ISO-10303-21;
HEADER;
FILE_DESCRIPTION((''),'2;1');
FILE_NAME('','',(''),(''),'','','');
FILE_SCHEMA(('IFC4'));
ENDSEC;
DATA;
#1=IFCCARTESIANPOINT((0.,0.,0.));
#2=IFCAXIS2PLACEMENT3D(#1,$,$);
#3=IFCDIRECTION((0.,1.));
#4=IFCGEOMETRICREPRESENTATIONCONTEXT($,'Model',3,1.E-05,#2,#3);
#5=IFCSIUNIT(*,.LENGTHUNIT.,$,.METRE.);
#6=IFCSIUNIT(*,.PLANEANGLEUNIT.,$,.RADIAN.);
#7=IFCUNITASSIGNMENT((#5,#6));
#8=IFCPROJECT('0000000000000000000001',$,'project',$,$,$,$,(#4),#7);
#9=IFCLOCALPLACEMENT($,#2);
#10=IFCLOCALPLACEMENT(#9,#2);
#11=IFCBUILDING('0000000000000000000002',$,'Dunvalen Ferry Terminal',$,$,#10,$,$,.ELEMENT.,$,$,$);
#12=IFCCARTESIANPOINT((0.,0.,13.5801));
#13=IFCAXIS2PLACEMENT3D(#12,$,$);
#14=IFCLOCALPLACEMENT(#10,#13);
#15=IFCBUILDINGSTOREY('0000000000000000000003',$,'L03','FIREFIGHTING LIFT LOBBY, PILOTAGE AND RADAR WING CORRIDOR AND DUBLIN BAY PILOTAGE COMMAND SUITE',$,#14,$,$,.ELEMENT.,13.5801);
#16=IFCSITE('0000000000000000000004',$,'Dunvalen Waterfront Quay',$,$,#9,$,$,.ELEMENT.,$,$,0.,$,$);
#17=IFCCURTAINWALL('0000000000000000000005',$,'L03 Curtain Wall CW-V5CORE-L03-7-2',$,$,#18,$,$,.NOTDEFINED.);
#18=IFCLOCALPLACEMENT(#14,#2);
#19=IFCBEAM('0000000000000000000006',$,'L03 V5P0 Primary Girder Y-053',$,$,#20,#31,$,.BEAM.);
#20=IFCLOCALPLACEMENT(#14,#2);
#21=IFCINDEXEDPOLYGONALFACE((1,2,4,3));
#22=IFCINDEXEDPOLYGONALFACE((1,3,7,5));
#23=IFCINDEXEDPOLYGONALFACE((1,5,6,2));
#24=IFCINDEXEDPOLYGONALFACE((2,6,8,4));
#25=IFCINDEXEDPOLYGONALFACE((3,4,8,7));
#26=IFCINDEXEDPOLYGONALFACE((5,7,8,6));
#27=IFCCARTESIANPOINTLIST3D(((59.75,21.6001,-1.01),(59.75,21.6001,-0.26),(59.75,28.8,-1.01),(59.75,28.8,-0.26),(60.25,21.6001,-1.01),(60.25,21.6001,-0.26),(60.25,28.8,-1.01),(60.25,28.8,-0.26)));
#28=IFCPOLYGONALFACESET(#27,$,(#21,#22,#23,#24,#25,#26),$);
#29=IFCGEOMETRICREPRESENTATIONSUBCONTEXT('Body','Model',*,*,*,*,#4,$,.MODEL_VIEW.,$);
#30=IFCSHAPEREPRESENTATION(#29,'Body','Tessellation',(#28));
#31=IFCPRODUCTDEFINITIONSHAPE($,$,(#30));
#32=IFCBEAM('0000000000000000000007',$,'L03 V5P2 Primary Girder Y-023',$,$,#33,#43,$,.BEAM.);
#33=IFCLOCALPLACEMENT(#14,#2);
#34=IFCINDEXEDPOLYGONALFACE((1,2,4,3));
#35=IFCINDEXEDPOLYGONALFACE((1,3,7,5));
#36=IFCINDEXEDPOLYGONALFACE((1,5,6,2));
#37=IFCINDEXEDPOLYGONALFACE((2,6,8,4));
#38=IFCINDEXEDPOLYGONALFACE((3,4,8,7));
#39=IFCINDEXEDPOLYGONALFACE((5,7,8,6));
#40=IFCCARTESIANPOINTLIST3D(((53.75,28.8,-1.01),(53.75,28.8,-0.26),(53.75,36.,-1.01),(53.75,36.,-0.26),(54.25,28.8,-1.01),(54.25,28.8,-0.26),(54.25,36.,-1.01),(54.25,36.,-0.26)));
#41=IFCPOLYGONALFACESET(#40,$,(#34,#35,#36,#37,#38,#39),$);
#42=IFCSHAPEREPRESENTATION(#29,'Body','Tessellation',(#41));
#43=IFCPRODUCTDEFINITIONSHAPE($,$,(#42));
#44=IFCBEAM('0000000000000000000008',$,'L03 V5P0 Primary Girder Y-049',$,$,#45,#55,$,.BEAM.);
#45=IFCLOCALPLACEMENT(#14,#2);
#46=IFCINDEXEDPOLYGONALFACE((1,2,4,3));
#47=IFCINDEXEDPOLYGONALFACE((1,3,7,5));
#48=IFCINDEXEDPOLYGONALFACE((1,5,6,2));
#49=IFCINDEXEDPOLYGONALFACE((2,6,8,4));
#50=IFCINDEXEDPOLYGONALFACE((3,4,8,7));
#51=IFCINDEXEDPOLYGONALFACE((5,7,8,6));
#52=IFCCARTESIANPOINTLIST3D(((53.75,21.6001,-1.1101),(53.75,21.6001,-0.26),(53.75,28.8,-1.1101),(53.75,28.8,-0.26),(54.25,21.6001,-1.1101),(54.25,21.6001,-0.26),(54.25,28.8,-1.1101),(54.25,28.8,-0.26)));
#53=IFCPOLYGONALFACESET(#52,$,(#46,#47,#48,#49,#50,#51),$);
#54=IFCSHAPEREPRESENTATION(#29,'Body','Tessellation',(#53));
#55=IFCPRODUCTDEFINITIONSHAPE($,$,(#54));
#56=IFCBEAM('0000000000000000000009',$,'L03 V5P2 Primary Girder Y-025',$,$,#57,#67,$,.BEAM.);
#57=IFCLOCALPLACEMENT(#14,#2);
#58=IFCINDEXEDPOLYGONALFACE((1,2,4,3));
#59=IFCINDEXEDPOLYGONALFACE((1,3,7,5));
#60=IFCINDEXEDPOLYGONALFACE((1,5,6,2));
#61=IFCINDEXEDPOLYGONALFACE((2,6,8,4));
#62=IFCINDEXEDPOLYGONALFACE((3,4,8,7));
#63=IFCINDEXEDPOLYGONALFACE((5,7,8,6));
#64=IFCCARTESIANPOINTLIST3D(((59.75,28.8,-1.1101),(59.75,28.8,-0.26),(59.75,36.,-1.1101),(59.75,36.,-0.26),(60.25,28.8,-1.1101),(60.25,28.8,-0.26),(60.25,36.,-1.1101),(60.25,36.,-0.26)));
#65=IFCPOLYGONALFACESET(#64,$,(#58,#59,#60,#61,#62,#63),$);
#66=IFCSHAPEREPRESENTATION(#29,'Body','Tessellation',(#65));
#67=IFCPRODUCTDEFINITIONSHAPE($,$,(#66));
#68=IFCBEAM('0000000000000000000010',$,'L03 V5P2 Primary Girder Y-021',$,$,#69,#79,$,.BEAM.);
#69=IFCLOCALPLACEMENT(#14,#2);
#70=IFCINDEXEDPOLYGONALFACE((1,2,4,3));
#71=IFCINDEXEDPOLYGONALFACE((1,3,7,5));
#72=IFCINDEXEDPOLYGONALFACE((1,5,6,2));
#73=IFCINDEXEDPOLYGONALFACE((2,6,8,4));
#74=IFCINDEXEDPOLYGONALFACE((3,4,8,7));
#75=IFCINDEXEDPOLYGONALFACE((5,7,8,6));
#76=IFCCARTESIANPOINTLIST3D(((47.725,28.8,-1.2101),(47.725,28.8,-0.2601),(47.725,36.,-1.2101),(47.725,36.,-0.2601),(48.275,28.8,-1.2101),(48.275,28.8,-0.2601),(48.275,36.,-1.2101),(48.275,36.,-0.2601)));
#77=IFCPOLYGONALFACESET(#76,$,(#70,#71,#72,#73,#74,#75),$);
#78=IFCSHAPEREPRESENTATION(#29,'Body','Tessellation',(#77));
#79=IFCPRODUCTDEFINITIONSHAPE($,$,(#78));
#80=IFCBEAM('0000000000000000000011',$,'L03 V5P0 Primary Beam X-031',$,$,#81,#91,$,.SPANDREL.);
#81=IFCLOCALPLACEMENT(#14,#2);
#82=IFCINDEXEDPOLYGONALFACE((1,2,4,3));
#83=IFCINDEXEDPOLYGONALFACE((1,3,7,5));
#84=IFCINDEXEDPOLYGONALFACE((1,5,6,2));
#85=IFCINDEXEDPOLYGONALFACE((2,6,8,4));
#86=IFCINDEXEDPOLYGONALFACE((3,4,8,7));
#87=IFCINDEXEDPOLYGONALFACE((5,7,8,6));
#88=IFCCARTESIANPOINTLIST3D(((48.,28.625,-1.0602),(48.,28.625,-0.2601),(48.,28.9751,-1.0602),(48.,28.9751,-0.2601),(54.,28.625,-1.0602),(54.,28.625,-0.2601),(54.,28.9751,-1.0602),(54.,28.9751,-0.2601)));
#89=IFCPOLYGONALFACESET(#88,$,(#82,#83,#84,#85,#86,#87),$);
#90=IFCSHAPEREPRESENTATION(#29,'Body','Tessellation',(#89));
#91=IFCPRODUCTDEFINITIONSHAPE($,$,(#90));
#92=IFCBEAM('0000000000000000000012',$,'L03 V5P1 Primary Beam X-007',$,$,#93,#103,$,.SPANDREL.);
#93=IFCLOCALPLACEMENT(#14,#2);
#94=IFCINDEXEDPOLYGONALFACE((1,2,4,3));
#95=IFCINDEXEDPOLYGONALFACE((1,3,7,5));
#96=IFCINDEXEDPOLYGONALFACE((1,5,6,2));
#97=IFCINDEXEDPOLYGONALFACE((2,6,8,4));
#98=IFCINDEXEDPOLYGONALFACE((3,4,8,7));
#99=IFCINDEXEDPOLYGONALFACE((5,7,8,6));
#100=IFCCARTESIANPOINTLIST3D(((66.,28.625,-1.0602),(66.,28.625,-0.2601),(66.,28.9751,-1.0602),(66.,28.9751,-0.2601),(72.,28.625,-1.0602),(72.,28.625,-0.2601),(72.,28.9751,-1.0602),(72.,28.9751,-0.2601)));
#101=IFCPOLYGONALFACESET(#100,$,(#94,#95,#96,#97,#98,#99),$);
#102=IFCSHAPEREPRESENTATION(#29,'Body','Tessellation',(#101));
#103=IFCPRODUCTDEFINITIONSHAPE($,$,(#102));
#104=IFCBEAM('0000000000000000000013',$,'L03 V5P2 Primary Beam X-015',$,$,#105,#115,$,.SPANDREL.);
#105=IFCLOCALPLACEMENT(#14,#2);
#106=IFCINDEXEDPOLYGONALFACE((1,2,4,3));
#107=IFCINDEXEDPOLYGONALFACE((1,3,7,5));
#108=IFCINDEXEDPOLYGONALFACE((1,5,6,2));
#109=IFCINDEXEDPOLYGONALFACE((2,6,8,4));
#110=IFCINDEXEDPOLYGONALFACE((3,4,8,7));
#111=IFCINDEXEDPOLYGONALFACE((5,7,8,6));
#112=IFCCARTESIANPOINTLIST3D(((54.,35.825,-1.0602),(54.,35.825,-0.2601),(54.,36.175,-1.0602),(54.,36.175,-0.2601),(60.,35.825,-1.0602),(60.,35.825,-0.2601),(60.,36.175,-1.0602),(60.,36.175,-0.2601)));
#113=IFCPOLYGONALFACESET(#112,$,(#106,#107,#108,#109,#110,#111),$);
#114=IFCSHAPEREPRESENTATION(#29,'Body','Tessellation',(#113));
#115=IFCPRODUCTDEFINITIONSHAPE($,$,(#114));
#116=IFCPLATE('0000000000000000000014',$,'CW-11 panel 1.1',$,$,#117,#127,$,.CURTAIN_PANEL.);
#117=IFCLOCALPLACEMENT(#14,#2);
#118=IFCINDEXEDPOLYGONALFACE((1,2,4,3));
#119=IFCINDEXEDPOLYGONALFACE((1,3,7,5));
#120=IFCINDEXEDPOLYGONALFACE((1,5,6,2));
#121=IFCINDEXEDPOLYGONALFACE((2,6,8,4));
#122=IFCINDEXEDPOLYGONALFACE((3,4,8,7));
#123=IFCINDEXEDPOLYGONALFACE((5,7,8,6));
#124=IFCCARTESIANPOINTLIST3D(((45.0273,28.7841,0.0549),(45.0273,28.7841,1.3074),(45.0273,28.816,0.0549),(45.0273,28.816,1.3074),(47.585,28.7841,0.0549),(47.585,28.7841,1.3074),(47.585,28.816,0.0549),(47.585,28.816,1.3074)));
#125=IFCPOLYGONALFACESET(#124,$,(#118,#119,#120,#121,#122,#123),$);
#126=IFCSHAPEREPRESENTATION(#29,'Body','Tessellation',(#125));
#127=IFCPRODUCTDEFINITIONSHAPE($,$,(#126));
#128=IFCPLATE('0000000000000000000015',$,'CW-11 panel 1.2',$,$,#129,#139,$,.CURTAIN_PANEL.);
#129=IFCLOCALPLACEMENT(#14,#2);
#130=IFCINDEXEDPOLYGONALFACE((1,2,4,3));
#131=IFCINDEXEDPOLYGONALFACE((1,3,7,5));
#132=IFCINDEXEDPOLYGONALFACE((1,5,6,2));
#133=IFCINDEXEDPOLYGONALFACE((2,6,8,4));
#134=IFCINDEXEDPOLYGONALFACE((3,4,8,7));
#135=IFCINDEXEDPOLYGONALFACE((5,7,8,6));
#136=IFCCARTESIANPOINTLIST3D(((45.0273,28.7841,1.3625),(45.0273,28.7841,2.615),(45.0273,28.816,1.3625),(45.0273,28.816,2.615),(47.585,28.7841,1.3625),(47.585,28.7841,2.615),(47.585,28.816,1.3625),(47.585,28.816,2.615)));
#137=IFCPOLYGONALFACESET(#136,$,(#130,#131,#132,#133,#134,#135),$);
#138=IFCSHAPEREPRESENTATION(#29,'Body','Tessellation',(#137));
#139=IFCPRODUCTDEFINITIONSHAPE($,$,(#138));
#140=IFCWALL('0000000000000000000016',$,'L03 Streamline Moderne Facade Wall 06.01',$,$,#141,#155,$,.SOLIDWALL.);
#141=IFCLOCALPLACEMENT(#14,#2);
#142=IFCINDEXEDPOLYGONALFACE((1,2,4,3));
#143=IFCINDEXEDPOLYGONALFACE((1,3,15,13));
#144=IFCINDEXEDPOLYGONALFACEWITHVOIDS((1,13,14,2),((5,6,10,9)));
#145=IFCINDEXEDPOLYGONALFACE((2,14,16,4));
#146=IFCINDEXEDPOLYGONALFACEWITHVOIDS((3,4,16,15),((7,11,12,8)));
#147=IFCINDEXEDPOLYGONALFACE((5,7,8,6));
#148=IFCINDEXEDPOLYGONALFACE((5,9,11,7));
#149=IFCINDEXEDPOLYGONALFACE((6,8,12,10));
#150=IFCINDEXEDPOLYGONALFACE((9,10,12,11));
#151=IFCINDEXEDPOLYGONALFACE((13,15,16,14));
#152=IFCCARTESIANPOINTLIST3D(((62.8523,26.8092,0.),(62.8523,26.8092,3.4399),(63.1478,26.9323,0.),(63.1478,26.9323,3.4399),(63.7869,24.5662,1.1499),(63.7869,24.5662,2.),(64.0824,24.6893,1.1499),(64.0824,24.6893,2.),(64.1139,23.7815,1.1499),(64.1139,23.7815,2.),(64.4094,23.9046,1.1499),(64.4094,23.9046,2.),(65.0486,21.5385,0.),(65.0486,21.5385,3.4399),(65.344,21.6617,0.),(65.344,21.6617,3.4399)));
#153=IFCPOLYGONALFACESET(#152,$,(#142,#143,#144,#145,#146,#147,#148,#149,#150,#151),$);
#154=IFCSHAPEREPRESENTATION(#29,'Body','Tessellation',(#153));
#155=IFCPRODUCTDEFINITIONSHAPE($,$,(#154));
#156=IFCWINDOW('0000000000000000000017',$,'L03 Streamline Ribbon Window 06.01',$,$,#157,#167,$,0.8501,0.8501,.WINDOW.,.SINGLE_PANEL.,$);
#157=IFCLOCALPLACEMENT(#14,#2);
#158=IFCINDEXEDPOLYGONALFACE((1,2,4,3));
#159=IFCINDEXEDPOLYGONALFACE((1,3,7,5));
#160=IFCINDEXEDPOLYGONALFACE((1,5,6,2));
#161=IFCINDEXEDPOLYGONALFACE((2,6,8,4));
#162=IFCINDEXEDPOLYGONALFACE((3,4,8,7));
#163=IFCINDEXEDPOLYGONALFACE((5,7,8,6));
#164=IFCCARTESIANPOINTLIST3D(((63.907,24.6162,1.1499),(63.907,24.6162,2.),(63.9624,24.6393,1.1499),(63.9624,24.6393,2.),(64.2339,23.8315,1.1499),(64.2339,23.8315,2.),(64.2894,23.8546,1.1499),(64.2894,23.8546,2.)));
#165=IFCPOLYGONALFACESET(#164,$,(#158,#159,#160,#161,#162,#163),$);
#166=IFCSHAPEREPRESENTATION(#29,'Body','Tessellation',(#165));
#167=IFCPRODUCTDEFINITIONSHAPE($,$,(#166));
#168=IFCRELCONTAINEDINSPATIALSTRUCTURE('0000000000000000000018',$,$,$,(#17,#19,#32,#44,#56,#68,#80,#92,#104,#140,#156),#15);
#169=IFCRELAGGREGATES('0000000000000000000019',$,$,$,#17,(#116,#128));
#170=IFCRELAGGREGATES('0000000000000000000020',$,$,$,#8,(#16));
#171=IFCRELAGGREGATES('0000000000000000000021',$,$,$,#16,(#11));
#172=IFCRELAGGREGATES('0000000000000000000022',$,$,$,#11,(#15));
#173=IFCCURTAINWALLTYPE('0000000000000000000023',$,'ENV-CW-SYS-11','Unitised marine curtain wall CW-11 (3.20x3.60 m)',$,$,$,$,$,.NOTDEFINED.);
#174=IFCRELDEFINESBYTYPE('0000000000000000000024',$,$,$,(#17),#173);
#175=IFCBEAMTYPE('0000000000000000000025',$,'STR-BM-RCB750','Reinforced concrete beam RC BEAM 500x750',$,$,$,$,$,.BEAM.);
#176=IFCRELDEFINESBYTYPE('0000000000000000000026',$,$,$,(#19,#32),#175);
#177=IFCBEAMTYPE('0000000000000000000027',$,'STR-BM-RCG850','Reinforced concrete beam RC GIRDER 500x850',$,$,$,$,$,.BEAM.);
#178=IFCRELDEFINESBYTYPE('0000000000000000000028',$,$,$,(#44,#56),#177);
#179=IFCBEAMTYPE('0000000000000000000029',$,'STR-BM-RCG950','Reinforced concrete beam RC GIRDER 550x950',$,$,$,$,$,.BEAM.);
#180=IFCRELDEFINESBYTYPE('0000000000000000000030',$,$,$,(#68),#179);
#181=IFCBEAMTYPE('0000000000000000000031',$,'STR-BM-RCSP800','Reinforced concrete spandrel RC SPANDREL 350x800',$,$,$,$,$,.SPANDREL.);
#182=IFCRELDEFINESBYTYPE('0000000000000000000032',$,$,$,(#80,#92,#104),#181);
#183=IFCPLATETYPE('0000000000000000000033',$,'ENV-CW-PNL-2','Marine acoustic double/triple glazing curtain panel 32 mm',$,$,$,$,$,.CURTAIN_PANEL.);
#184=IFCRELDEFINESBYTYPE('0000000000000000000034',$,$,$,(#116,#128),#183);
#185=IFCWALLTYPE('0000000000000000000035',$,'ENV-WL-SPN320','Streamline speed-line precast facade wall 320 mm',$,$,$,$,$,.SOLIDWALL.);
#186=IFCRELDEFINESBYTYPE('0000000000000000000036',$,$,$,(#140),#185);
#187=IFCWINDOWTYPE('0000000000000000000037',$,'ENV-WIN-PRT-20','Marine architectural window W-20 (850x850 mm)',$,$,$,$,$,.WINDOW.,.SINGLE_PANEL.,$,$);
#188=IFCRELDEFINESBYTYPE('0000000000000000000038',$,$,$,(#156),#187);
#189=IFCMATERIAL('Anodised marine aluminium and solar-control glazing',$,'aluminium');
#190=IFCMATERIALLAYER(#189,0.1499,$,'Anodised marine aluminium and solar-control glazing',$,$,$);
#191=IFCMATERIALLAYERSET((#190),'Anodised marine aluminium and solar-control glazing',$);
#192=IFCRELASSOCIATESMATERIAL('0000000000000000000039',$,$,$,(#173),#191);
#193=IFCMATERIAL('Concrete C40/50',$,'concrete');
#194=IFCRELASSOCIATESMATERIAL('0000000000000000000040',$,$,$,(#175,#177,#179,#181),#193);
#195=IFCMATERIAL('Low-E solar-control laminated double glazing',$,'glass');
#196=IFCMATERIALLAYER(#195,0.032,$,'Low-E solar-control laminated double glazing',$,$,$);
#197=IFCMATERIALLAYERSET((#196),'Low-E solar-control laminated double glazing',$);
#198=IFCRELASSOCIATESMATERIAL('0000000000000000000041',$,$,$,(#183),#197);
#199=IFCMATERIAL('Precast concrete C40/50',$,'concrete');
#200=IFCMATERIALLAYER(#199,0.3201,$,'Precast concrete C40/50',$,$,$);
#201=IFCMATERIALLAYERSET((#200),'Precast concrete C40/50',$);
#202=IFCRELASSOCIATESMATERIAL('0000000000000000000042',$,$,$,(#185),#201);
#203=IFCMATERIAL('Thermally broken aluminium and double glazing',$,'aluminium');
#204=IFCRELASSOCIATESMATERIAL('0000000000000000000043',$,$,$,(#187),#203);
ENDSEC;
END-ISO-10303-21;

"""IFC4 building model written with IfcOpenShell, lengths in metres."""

from ifc_helpers import new_model, si_unit, direction, frame, frame_2d, origin, origin_2d, place, context, subcontext, project, spatial, rectangle, extrude, material, layer, layer_set, material_profile, profile_set, type_object, element, fill, aggregate, save


model = new_model("IFC4")

# Units and contexts
model_context = context("Model", 3, precision=1e-05, world=origin(), true_north=direction((0.0, 1.0)))
body_context = subcontext(model_context, "Body", "Model", "MODEL_VIEW")
ifc_project = project(units=[si_unit("LENGTHUNIT", "METRE"), si_unit("PLANEANGLEUNIT", "RADIAN")], contexts=[model_context])

# Site, building, storey
site_placement = place(None, origin())
site = spatial("IfcSite", under=ifc_project, at=site_placement, Name="Dunvalen Waterfront Quay", CompositionType="ELEMENT", RefElevation=0.0)
building_placement = place(site_placement, origin())
building = spatial("IfcBuilding", under=site, at=building_placement, Name="Dunvalen Ferry Terminal", CompositionType="ELEMENT")
storey_placement = place(building_placement, frame((0.0, 0.0, 13.5801)))
storey = spatial("IfcBuildingStorey", under=building, at=storey_placement, Name="L03", Description="FIREFIGHTING LIFT LOBBY, PILOTAGE AND RADAR WING CORRIDOR AND DUBLIN BAY PILOTAGE COMMAND SUITE", CompositionType="ELEMENT", Elevation=13.5801)

# Shared definitions
ifc_material_1 = material(Name="Concrete C40/50", Category="concrete")

# Curtain wall
ifc_material_2 = material(Name="Anodised marine aluminium and solar-control glazing", Category="aluminium")
ifc_layer_1 = layer(ifc_material_2, 0.1499, Name="Anodised marine aluminium and solar-control glazing")
ifc_layer_set_1 = layer_set([ifc_layer_1], Name="Anodised marine aluminium and solar-control glazing")
curtain_wall_type = type_object("IfcCurtainWallType", Name="ENV-CW-SYS-11", Description="Unitised marine curtain wall CW-11 (3.20x3.60 m)", PredefinedType="NOTDEFINED", material=ifc_layer_set_1)
curtain_wall_placement = place(storey_placement, origin())
curtain_wall = element("IfcCurtainWall", 1, at=curtain_wall_placement, inside=storey, type_object=curtain_wall_type, Name="L03 Curtain Wall CW-V5CORE-L03-7-2", PredefinedType="NOTDEFINED")

# Beams
ifc_material_profile_1 = material_profile(ifc_material_1, rectangle(XDim=0.5, YDim=0.75, at=origin_2d()), Name="Concrete C40/50")
ifc_profile_set_1 = profile_set([ifc_material_profile_1], Name="Concrete C40/50")
beam_type_1 = type_object("IfcBeamType", Name="STR-BM-RCB750", Description="Reinforced concrete beam RC BEAM 500x750", PredefinedType="BEAM", material=ifc_profile_set_1)
for number, where, z_axis, x_axis, name in (
    (2, (60.0, 21.6001, -0.635), (0.0, 1.0, 0.0), (-1.0, 0.0, 0.0), "L03 V5P0 Primary Girder Y-053"),
    (3, (54.0, 28.8, -0.635), (0.0, 1.0, 0.0), (-1.0, 0.0, 0.0), "L03 V5P2 Primary Girder Y-023"),
):
    element("IfcBeam", number, at=place(storey_placement, frame(where, z_axis=z_axis, x_axis=x_axis)), inside=storey, type_object=beam_type_1, Name=name, PredefinedType="BEAM", context=body_context, shape_type="SweptSolid", body=[
        extrude(rectangle(XDim=0.5, YDim=0.75, at=origin_2d()), origin(), (0.0, 0.0, 1.0), 7.2),
    ])
ifc_material_profile_2 = material_profile(ifc_material_1, rectangle(XDim=0.5, YDim=0.8501, at=origin_2d()), Name="Concrete C40/50")
ifc_profile_set_2 = profile_set([ifc_material_profile_2], Name="Concrete C40/50")
beam_type_2 = type_object("IfcBeamType", Name="STR-BM-RCG850", Description="Reinforced concrete beam RC GIRDER 500x850", PredefinedType="BEAM", material=ifc_profile_set_2)
for number, where, z_axis, x_axis, name in (
    (4, (54.0, 21.6001, -0.6851), (0.0, 1.0, 0.0), (-1.0, 0.0, 0.0), "L03 V5P0 Primary Girder Y-049"),
    (5, (60.0, 28.8, -0.6851), (0.0, 1.0, 0.0), (-1.0, 0.0, 0.0), "L03 V5P2 Primary Girder Y-025"),
):
    element("IfcBeam", number, at=place(storey_placement, frame(where, z_axis=z_axis, x_axis=x_axis)), inside=storey, type_object=beam_type_2, Name=name, PredefinedType="BEAM", context=body_context, shape_type="SweptSolid", body=[
        extrude(rectangle(XDim=0.5, YDim=0.8501, at=origin_2d()), origin(), (0.0, 0.0, 1.0), 7.2),
    ])
ifc_material_profile_3 = material_profile(ifc_material_1, rectangle(XDim=0.55, YDim=0.95, at=origin_2d()), Name="Concrete C40/50")
ifc_profile_set_3 = profile_set([ifc_material_profile_3], Name="Concrete C40/50")
beam_type_3 = type_object("IfcBeamType", Name="STR-BM-RCG950", Description="Reinforced concrete beam RC GIRDER 550x950", PredefinedType="BEAM", material=ifc_profile_set_3)
beam_1_placement = place(storey_placement, frame((48.0, 28.8, -0.7351), z_axis=(0.0, 1.0, 0.0), x_axis=(-1.0, 0.0, 0.0)))
element("IfcBeam", 6, at=beam_1_placement, inside=storey, type_object=beam_type_3, Name="L03 V5P2 Primary Girder Y-021", PredefinedType="BEAM", context=body_context, shape_type="SweptSolid", body=[
    extrude(rectangle(XDim=0.55, YDim=0.95, at=origin_2d()), origin(), (0.0, 0.0, 1.0), 7.2),
])
ifc_material_profile_4 = material_profile(ifc_material_1, rectangle(XDim=0.3501, YDim=0.8, at=origin_2d()), Name="Concrete C40/50")
ifc_profile_set_4 = profile_set([ifc_material_profile_4], Name="Concrete C40/50")
beam_type_4 = type_object("IfcBeamType", Name="STR-BM-RCSP800", Description="Reinforced concrete spandrel RC SPANDREL 350x800", PredefinedType="SPANDREL", material=ifc_profile_set_4)
for number, where, z_axis, x_axis, name in (
    (7, (48.0, 28.8, -0.6602), (1.0, 0.0, 0.0), (0.0, 1.0, 0.0), "L03 V5P0 Primary Beam X-031"),
    (8, (66.0, 28.8, -0.6602), (1.0, 0.0, 0.0), (0.0, 1.0, 0.0), "L03 V5P1 Primary Beam X-007"),
    (9, (54.0, 36.0, -0.6602), (1.0, 0.0, 0.0), (0.0, 1.0, 0.0), "L03 V5P2 Primary Beam X-015"),
):
    element("IfcBeam", number, at=place(storey_placement, frame(where, z_axis=z_axis, x_axis=x_axis)), inside=storey, type_object=beam_type_4, Name=name, PredefinedType="SPANDREL", context=body_context, shape_type="SweptSolid", body=[
        extrude(rectangle(XDim=0.3501, YDim=0.8, at=origin_2d()), origin(), (0.0, 0.0, 1.0), 6.0),
    ])

# Plates
ifc_material_3 = material(Name="Low-E solar-control laminated double glazing", Category="glass")
ifc_layer_2 = layer(ifc_material_3, 0.032, Name="Low-E solar-control laminated double glazing")
ifc_layer_set_2 = layer_set([ifc_layer_2], Name="Low-E solar-control laminated double glazing")
plate_type = type_object("IfcPlateType", Name="ENV-CW-PNL-2", Description="Marine acoustic double/triple glazing curtain panel 32 mm", PredefinedType="CURTAIN_PANEL", material=ifc_layer_set_2)
plate_1_placement = place(storey_placement, frame((46.3062, 28.8, 0.0549), z_axis=(0.0, 0.0, 1.0), x_axis=(-1.0, 0.0, 0.0)))
plate_1 = element("IfcPlate", 10, at=plate_1_placement, type_object=plate_type, Name="CW-11 panel 1.1", PredefinedType="CURTAIN_PANEL", context=body_context, shape_type="SweptSolid", body=[
    extrude(rectangle(XDim=2.5576, YDim=0.032, at=origin_2d()), origin(), (0.0, 0.0, 1.0), 1.2524),
])
plate_2_placement = place(storey_placement, frame((46.3062, 28.8, 1.3625), z_axis=(0.0, 0.0, 1.0), x_axis=(-1.0, 0.0, 0.0)))
plate_2 = element("IfcPlate", 11, at=plate_2_placement, type_object=plate_type, Name="CW-11 panel 1.2", PredefinedType="CURTAIN_PANEL", context=body_context, shape_type="SweptSolid", body=[
    extrude(rectangle(XDim=2.5576, YDim=0.032, at=origin_2d()), origin(), (0.0, 0.0, 1.0), 1.2524),
])
aggregate(curtain_wall, [plate_1, plate_2])

# Wall, opening, window
ifc_material_4 = material(Name="Precast concrete C40/50", Category="concrete")
ifc_layer_3 = layer(ifc_material_4, 0.3201, Name="Precast concrete C40/50")
ifc_layer_set_3 = layer_set([ifc_layer_3], Name="Precast concrete C40/50")
wall_type_1 = type_object("IfcWallType", Name="ENV-WL-SPN320", Description="Streamline speed-line precast facade wall 320 mm", PredefinedType="SOLIDWALL", material=ifc_layer_set_3)
wall_1_placement = place(storey_placement, frame((65.1963, 21.6001, 0.0), z_axis=(0.0, 0.0, 1.0), x_axis=(-0.384637, 0.923068, 0.0)))
wall_1 = element("IfcWall", 12, at=wall_1_placement, inside=storey, type_object=wall_type_1, Name="L03 Streamline Moderne Facade Wall 06.01", PredefinedType="SOLIDWALL", context=body_context, shape_type="SweptSolid", body=[
    extrude(rectangle(XDim=5.71, YDim=0.3201, at=frame_2d((2.855, 0.0))), origin(), (0.0, 0.0, 1.0), 3.4399),
])
opening_1_placement = place(wall_1_placement, frame((2.4299, 0.0, 1.1499)))
opening_1 = element("IfcOpeningElement", 13, at=opening_1_placement, cuts=wall_1, PredefinedType="OPENING", context=body_context, shape_type="SweptSolid", body=[
    extrude(rectangle(XDim=0.8501, YDim=0.8501, at=frame_2d((0.425, 0.425))), frame((0.0, 0.1699, 0.0), z_axis=(0.0, -1.0, 0.0), x_axis=(1.0, 0.0, 0.0)), (0.0, 0.0, 1.0), 0.3401),
])
ifc_material_5 = material(Name="Thermally broken aluminium and double glazing", Category="aluminium")
window_type_1 = type_object("IfcWindowType", Name="ENV-WIN-PRT-20", Description="Marine architectural window W-20 (850x850 mm)", PartitioningType="SINGLE_PANEL", PredefinedType="WINDOW", material=ifc_material_5)
window_1_placement = place(opening_1_placement, origin())
window_1 = element("IfcWindow", 14, at=window_1_placement, inside=storey, type_object=window_type_1, Name="L03 Streamline Ribbon Window 06.01", OverallHeight=0.8501, OverallWidth=0.8501, PartitioningType="SINGLE_PANEL", PredefinedType="WINDOW", context=body_context, shape_type="SweptSolid", body=[
    extrude(rectangle(XDim=0.8501, YDim=0.8501, at=frame_2d((0.425, 0.425))), frame((0.0, 0.03, 0.0), z_axis=(0.0, -1.0, 0.0), x_axis=(1.0, 0.0, 0.0)), (0.0, 0.0, 1.0), 0.0601),
])
fill(opening_1, window_1)

save(model, "model.ifc")
